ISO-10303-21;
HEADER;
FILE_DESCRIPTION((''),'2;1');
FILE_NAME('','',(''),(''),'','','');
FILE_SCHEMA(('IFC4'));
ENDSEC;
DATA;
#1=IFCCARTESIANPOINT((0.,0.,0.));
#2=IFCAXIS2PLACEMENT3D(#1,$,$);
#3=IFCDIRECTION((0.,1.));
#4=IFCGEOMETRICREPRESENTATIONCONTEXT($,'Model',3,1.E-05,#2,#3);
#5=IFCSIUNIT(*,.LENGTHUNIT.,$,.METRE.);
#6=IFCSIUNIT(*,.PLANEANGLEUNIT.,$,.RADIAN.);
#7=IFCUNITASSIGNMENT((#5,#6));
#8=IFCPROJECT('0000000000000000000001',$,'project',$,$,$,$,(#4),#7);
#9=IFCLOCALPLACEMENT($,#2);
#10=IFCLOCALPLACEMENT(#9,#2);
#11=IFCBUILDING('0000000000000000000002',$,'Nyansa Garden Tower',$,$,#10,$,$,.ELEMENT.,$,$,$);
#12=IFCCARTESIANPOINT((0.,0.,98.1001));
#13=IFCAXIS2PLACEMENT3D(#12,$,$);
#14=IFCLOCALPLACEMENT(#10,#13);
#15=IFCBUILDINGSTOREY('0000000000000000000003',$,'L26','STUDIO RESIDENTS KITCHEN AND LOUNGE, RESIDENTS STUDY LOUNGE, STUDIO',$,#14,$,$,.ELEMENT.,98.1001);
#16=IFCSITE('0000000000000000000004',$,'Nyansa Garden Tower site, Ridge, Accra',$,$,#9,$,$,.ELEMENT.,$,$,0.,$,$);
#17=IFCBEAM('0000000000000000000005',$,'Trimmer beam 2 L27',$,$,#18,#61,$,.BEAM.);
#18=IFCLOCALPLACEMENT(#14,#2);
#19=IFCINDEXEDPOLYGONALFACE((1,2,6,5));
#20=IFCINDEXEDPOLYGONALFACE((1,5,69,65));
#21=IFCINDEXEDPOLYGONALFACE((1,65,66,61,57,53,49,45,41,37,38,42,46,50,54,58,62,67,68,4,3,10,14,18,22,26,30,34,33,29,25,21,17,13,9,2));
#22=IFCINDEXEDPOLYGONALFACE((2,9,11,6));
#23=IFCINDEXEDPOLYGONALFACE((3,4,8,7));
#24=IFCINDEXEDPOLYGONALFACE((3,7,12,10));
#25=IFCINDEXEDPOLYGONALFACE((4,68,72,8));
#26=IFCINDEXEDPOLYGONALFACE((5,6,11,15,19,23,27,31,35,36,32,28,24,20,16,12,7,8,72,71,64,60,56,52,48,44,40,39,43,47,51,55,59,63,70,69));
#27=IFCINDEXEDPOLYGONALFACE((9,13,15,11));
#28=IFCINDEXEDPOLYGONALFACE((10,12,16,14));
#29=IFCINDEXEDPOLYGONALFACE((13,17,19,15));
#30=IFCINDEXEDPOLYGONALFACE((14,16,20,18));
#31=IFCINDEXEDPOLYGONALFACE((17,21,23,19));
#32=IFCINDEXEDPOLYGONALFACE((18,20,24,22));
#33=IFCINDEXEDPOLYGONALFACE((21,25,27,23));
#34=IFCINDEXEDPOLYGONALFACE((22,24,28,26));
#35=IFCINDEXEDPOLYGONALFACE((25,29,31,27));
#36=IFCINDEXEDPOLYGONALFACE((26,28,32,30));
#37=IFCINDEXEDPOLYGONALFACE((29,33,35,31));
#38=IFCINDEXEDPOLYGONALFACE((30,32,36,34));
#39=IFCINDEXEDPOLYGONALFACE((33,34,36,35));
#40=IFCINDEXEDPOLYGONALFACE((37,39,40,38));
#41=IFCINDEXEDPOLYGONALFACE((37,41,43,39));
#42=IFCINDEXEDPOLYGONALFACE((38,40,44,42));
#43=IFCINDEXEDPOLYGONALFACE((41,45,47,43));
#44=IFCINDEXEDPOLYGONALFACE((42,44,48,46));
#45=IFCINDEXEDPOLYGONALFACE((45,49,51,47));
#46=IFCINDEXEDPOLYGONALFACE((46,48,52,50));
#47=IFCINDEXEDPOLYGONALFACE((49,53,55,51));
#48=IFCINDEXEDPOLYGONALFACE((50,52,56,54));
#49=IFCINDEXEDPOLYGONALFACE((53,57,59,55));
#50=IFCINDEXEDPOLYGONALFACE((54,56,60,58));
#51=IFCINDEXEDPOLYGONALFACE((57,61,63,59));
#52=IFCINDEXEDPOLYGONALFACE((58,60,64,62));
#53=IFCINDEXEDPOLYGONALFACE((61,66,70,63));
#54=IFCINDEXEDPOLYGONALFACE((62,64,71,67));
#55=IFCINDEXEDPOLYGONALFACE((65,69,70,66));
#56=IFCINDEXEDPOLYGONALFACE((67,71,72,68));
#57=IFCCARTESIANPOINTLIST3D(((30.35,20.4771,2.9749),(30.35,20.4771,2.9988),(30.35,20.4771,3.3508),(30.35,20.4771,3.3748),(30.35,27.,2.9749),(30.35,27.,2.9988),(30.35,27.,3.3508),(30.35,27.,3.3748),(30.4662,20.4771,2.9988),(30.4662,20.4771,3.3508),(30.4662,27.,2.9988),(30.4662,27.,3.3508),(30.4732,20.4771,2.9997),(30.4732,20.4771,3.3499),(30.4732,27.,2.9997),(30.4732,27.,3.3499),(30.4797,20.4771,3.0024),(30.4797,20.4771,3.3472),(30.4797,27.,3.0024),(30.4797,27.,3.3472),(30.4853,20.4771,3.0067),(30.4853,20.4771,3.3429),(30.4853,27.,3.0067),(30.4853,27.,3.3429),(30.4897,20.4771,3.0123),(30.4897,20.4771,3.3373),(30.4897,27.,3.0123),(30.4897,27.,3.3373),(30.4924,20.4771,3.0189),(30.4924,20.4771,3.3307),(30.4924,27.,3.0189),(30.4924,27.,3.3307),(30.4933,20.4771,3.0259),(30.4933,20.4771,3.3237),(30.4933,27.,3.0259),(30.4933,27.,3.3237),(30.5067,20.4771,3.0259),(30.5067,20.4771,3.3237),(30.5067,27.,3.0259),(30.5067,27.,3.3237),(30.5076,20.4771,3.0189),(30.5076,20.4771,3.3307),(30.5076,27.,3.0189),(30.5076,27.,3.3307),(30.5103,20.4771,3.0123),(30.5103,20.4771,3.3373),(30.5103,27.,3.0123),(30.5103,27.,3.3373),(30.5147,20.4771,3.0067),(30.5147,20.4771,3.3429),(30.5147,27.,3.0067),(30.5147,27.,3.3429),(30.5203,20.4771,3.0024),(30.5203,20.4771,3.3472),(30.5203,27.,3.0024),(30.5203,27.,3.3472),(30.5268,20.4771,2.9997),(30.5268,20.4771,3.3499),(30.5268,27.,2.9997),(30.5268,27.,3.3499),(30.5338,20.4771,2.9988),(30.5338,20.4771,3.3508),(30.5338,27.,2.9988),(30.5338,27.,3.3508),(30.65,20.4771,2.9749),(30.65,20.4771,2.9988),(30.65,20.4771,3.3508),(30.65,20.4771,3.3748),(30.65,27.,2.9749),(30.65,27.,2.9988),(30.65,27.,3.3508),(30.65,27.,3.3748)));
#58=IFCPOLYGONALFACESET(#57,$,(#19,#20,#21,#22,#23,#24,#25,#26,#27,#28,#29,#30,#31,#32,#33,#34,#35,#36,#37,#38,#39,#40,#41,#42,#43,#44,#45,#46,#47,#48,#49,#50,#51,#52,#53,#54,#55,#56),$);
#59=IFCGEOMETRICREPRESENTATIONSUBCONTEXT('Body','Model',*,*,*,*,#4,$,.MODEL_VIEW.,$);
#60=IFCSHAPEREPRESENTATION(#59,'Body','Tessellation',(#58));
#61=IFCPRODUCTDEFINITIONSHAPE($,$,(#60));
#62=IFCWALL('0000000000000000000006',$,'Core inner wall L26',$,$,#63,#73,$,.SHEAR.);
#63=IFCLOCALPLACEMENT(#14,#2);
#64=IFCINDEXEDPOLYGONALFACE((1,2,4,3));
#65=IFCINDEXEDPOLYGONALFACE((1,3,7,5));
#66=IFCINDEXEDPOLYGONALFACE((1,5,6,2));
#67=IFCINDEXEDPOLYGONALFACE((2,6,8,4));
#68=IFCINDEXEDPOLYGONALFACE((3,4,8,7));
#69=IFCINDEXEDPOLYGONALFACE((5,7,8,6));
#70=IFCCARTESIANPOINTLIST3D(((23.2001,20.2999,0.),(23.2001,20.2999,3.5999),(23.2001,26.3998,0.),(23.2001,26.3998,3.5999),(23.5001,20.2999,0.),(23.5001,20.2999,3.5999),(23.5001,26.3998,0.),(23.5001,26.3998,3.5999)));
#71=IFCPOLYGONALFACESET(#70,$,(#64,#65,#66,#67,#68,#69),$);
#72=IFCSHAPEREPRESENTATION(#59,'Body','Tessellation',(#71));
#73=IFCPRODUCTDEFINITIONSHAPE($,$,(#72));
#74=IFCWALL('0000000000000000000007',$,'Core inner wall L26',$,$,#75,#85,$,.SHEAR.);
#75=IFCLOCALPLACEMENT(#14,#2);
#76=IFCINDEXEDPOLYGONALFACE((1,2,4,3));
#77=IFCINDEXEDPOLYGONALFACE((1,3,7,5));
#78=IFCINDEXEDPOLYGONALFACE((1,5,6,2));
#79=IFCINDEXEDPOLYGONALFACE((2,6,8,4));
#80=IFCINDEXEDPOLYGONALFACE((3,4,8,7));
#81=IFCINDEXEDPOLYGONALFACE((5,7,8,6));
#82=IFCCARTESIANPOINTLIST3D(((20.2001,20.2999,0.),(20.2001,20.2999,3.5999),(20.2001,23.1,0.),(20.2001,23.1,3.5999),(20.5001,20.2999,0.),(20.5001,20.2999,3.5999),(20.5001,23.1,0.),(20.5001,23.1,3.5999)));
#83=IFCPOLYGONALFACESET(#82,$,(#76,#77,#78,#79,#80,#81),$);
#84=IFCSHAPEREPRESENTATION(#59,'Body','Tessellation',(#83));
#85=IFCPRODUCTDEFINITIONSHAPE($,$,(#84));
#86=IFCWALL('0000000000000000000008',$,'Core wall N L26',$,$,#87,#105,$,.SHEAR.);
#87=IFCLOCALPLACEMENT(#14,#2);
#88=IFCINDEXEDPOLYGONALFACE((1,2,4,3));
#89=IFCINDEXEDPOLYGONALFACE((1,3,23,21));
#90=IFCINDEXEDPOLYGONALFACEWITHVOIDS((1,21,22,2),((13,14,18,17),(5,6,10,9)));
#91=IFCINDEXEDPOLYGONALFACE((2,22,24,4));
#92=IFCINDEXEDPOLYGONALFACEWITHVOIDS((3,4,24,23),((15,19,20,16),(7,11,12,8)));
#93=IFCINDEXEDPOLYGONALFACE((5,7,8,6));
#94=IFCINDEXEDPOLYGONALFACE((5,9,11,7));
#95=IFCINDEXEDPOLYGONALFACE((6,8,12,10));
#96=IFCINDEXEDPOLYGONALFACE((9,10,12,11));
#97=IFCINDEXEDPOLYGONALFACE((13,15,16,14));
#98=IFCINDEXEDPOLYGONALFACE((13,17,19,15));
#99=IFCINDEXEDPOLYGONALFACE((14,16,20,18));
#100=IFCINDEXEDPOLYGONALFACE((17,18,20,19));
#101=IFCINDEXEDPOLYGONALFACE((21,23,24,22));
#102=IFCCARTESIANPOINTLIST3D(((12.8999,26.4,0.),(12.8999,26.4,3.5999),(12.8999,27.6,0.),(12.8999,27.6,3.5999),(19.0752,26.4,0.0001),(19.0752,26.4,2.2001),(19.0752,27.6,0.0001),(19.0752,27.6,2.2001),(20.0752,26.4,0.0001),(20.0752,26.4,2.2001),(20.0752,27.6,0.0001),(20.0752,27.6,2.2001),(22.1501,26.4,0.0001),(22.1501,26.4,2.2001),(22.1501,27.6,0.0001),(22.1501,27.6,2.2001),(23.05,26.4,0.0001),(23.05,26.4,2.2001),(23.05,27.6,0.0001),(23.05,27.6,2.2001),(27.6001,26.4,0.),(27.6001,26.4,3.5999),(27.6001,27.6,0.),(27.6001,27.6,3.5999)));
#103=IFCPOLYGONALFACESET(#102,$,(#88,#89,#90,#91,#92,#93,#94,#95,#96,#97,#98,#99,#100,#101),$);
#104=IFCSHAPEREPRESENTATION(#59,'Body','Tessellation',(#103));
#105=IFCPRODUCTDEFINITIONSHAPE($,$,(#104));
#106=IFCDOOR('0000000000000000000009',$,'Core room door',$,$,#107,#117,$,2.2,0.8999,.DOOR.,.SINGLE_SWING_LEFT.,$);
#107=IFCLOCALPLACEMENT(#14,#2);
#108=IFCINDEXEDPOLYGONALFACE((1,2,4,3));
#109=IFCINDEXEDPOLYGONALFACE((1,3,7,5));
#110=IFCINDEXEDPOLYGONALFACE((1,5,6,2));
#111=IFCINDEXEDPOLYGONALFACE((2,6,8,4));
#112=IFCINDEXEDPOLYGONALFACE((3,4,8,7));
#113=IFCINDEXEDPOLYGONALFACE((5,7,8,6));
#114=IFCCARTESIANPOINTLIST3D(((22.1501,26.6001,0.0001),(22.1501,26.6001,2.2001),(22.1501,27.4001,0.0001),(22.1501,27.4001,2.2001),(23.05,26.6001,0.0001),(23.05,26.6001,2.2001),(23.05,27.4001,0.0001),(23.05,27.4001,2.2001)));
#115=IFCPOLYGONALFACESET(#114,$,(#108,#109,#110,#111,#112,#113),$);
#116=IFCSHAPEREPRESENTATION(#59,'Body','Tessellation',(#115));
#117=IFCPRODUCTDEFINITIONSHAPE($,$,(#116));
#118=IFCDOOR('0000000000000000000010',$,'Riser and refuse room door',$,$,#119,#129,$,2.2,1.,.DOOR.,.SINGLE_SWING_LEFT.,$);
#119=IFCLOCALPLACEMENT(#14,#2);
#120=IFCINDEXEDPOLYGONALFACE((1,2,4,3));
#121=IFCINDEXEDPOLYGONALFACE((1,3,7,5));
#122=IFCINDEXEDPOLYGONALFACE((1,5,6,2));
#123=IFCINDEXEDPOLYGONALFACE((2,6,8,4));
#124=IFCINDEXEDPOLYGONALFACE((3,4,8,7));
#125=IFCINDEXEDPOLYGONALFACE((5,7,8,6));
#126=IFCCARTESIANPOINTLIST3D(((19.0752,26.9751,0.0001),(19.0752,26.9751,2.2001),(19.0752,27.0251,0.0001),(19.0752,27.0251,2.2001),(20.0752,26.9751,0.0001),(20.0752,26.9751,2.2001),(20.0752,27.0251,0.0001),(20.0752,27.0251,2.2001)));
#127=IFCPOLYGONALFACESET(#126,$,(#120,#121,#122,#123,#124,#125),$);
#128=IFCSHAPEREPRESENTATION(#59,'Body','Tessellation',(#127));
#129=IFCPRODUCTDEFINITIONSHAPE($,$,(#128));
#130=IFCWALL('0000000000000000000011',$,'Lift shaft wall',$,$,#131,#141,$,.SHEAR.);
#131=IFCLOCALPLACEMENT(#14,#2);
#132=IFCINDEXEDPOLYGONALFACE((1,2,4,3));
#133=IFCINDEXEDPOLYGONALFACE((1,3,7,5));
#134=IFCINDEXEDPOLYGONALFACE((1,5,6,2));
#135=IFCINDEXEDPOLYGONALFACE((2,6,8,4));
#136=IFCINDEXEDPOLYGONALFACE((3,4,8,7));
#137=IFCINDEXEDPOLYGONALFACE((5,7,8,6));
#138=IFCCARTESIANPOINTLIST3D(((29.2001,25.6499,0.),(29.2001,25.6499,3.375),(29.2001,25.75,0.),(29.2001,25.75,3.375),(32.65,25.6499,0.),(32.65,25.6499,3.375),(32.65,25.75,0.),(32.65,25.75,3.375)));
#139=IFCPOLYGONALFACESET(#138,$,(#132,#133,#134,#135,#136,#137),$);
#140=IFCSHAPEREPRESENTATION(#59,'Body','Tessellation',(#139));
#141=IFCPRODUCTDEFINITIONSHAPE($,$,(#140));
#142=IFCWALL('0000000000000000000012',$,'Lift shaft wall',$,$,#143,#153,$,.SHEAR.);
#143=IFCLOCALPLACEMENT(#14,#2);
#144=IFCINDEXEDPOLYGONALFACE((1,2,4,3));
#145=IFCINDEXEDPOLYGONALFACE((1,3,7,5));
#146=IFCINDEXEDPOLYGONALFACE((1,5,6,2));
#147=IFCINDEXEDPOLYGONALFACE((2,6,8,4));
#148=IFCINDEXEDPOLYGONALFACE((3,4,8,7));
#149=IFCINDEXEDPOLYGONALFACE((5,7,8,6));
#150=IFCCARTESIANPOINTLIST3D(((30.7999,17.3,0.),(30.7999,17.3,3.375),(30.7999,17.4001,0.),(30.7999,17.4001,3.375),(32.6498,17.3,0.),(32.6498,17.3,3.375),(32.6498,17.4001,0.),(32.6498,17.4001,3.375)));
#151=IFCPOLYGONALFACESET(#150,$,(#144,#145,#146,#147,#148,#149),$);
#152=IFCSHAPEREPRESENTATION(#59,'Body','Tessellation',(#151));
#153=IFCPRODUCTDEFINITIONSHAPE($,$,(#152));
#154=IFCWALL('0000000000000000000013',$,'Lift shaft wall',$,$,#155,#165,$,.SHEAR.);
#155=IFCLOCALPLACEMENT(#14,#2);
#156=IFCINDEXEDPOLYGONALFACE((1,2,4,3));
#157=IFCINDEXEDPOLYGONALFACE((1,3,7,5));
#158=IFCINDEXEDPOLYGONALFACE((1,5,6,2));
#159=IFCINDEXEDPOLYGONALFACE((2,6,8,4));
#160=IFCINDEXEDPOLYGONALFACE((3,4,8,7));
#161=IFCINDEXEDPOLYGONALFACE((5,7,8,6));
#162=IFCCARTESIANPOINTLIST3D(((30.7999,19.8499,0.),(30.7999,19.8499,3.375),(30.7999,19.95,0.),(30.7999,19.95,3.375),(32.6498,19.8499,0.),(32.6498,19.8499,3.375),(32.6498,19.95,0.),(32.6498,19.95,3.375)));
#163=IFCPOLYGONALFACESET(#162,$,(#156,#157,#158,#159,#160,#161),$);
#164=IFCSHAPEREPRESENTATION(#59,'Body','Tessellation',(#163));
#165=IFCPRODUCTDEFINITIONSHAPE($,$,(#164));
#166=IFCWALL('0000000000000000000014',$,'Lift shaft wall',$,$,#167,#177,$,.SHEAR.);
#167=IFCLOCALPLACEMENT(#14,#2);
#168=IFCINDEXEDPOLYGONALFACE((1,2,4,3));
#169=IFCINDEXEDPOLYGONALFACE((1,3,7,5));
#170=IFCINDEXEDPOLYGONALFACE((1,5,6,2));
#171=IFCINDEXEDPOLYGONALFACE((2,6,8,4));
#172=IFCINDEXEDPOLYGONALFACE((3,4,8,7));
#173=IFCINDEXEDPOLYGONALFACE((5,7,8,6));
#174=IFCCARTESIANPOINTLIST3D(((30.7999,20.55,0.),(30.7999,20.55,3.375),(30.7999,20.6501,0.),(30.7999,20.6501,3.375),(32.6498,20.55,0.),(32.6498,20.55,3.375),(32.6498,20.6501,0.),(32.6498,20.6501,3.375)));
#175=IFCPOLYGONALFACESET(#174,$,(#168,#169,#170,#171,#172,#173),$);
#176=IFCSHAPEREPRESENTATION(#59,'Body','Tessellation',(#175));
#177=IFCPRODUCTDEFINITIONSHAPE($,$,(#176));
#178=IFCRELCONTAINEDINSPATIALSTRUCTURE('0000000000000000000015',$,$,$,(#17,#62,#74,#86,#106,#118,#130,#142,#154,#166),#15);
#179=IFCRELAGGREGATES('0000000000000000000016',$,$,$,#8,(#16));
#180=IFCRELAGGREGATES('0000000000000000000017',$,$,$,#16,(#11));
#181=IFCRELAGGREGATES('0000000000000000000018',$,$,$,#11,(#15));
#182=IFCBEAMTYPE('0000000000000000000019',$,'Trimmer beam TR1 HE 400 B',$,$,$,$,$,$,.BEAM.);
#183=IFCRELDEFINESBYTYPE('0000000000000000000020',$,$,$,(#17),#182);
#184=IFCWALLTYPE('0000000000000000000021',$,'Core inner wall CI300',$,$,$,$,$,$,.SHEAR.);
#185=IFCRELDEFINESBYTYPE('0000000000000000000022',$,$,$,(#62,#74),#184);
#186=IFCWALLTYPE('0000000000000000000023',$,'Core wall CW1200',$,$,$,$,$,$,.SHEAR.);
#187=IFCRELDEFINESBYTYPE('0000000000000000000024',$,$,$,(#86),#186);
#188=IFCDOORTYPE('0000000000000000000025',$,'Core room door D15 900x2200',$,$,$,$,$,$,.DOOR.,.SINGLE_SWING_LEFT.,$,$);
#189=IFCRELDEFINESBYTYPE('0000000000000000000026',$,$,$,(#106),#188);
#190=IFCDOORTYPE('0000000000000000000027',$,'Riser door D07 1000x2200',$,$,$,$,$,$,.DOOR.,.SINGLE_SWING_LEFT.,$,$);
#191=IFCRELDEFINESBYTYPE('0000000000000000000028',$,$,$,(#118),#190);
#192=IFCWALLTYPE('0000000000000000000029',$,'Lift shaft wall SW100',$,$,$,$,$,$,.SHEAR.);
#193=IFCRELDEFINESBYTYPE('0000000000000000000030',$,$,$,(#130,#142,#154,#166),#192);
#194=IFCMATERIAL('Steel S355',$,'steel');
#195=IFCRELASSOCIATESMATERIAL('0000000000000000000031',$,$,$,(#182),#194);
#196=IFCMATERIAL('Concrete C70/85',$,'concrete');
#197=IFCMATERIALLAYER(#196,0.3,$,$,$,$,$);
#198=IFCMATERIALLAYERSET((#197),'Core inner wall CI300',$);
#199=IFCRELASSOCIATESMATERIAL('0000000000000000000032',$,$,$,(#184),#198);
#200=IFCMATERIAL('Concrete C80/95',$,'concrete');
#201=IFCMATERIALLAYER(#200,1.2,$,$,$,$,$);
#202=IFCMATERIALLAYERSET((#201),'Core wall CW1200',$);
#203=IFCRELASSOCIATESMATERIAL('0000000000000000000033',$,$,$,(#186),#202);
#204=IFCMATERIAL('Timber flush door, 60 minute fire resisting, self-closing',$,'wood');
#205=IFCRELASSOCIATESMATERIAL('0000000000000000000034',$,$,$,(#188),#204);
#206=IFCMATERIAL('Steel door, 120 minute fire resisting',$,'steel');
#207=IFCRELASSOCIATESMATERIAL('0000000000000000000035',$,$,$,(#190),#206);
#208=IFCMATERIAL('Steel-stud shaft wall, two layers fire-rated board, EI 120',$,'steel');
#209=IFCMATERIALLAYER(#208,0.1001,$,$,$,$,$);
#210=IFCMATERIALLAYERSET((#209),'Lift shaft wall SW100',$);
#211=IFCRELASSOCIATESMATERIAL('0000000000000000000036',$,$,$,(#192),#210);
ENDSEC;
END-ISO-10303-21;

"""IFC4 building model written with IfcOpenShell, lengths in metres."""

from ifc_helpers import new_model, si_unit, direction, frame, frame_2d, origin, origin_2d, place, context, subcontext, project, spatial, rectangle, i_section, extrude, material, layer, layer_set, material_profile, profile_set, type_object, element, fill, save


model = new_model("IFC4")

# Units and contexts
model_context = context("Model", 3, precision=1e-05, world=origin(), true_north=direction((0.0, 1.0)))
body_context = subcontext(model_context, "Body", "Model", "MODEL_VIEW")
ifc_project = project(units=[si_unit("LENGTHUNIT", "METRE"), si_unit("PLANEANGLEUNIT", "RADIAN")], contexts=[model_context])

# Site, building, storey
site_placement = place(None, origin())
site = spatial("IfcSite", under=ifc_project, at=site_placement, Name="Nyansa Garden Tower site, Ridge, Accra", CompositionType="ELEMENT", RefElevation=0.0)
building_placement = place(site_placement, origin())
building = spatial("IfcBuilding", under=site, at=building_placement, Name="Nyansa Garden Tower", CompositionType="ELEMENT")
storey_placement = place(building_placement, frame((0.0, 0.0, 98.1001)))
storey = spatial("IfcBuildingStorey", under=building, at=storey_placement, Name="L26", Description="STUDIO RESIDENTS KITCHEN AND LOUNGE, RESIDENTS STUDY LOUNGE, STUDIO", CompositionType="ELEMENT", Elevation=98.1001)

# Beam
ifc_material_1 = material(Name="Steel S355", Category="steel")
ifc_material_profile_1 = material_profile(ifc_material_1, i_section(OverallWidth=0.3, OverallDepth=0.3999, WebThickness=0.0134, FlangeThickness=0.0239, FilletRadius=0.0271, at=origin_2d()), Name="HE 400 B")
ifc_profile_set_1 = profile_set([ifc_material_profile_1], Name="Steel S355")
beam_type_1 = type_object("IfcBeamType", Name="Trimmer beam TR1 HE 400 B", PredefinedType="BEAM", material=ifc_profile_set_1)
beam_1_placement = place(storey_placement, frame((30.5, 20.4771, 3.1748), z_axis=(0.0, 1.0, 0.0), x_axis=(-1.0, 0.0, 0.0)))
element("IfcBeam", 1, at=beam_1_placement, inside=storey, type_object=beam_type_1, Name="Trimmer beam 2 L27", PredefinedType="BEAM", context=body_context, shape_type="SweptSolid", body=[
    extrude(i_section(OverallWidth=0.3, OverallDepth=0.3999, WebThickness=0.0134, FlangeThickness=0.0239, FilletRadius=0.0271, at=origin_2d()), origin(), (0.0, 0.0, 1.0), 6.5229),
])

# Walls
ifc_material_2 = material(Name="Concrete C70/85", Category="concrete")
ifc_layer_1 = layer(ifc_material_2, 0.3)
ifc_layer_set_1 = layer_set([ifc_layer_1], Name="Core inner wall CI300")
wall_type_1 = type_object("IfcWallType", Name="Core inner wall CI300", PredefinedType="SHEAR", material=ifc_layer_set_1)
wall_1_placement = place(storey_placement, frame((23.3501, 20.3, 0.0), z_axis=(0.0, 0.0, 1.0), x_axis=(0.0, 1.0, 0.0)))
element("IfcWall", 2, at=wall_1_placement, inside=storey, type_object=wall_type_1, Name="Core inner wall L26", PredefinedType="SHEAR", context=body_context, shape_type="SweptSolid", body=[
    extrude(rectangle(XDim=6.0999, YDim=0.3, at=frame_2d((3.0498, 0.0))), origin(), (0.0, 0.0, 1.0), 3.5999),
])
wall_2_placement = place(storey_placement, frame((20.3501, 20.3, 0.0), z_axis=(0.0, 0.0, 1.0), x_axis=(0.0, 1.0, 0.0)))
element("IfcWall", 3, at=wall_2_placement, inside=storey, type_object=wall_type_1, Name="Core inner wall L26", PredefinedType="SHEAR", context=body_context, shape_type="SweptSolid", body=[
    extrude(rectangle(XDim=2.8, YDim=0.3, at=frame_2d((1.3999, 0.0))), origin(), (0.0, 0.0, 1.0), 3.5999),
])

# Wall, openings, doors
ifc_material_3 = material(Name="Concrete C80/95", Category="concrete")
ifc_layer_2 = layer(ifc_material_3, 1.2)
ifc_layer_set_2 = layer_set([ifc_layer_2], Name="Core wall CW1200")
wall_type_2 = type_object("IfcWallType", Name="Core wall CW1200", PredefinedType="SHEAR", material=ifc_layer_set_2)
wall_3_placement = place(storey_placement, frame((27.6001, 27.0, 0.0), z_axis=(0.0, 0.0, 1.0), x_axis=(-1.0, 0.0, 0.0)))
wall_3 = element("IfcWall", 4, at=wall_3_placement, inside=storey, type_object=wall_type_2, Name="Core wall N L26", PredefinedType="SHEAR", context=body_context, shape_type="SweptSolid", body=[
    extrude(rectangle(XDim=14.7002, YDim=1.2, at=frame_2d((7.3501, 0.0))), origin(), (0.0, 0.0, 1.0), 3.5999),
])
opening_1_placement = place(wall_3_placement, frame((4.55, 0.0, 0.0)))
opening_1 = element("IfcOpeningElement", 5, at=opening_1_placement, cuts=wall_3, PredefinedType="OPENING", context=body_context, shape_type="SweptSolid", body=[
    extrude(rectangle(XDim=0.8999, YDim=2.2, at=frame_2d((0.45, 1.1001))), frame((0.0, 0.6099, 0.0), z_axis=(0.0, -1.0, 0.0), x_axis=(1.0, 0.0, 0.0)), (0.0, 0.0, 1.0), 1.22),
])
opening_2_placement = place(wall_3_placement, frame((7.5249, 0.0, 0.0)))
opening_2 = element("IfcOpeningElement", 6, at=opening_2_placement, cuts=wall_3, PredefinedType="OPENING", context=body_context, shape_type="SweptSolid", body=[
    extrude(rectangle(XDim=1.0, YDim=2.2, at=frame_2d((0.5, 1.1001))), frame((0.0, 0.6099, 0.0), z_axis=(0.0, -1.0, 0.0), x_axis=(1.0, 0.0, 0.0)), (0.0, 0.0, 1.0), 1.22),
])
ifc_material_4 = material(Name="Timber flush door, 60 minute fire resisting, self-closing", Category="wood")
door_type_1 = type_object("IfcDoorType", Name="Core room door D15 900x2200", OperationType="SINGLE_SWING_LEFT", PredefinedType="DOOR", material=ifc_material_4)
door_1_placement = place(opening_1_placement, origin())
door_1 = element("IfcDoor", 7, at=door_1_placement, inside=storey, type_object=door_type_1, Name="Core room door", OperationType="SINGLE_SWING_LEFT", OverallHeight=2.2, OverallWidth=0.8999, PredefinedType="DOOR", context=body_context, shape_type="SweptSolid", body=[
    extrude(rectangle(XDim=0.8999, YDim=2.2, at=frame_2d((0.45, 1.1001))), frame((0.0, 0.3999, 0.0), z_axis=(0.0, -1.0, 0.0), x_axis=(1.0, 0.0, 0.0)), (0.0, 0.0, 1.0), 0.8),
])
fill(opening_1, door_1)
ifc_material_5 = material(Name="Steel door, 120 minute fire resisting", Category="steel")
door_type_2 = type_object("IfcDoorType", Name="Riser door D07 1000x2200", OperationType="SINGLE_SWING_LEFT", PredefinedType="DOOR", material=ifc_material_5)
door_2_placement = place(opening_2_placement, origin())
door_2 = element("IfcDoor", 8, at=door_2_placement, inside=storey, type_object=door_type_2, Name="Riser and refuse room door", OperationType="SINGLE_SWING_LEFT", OverallHeight=2.2, OverallWidth=1.0, PredefinedType="DOOR", context=body_context, shape_type="SweptSolid", body=[
    extrude(rectangle(XDim=1.0, YDim=2.2, at=frame_2d((0.5, 1.1001))), frame((0.0, 0.0249, 0.0), z_axis=(0.0, -1.0, 0.0), x_axis=(1.0, 0.0, 0.0)), (0.0, 0.0, 1.0), 0.05),
])
fill(opening_2, door_2)

# Walls
ifc_material_6 = material(Name="Steel-stud shaft wall, two layers fire-rated board, EI 120", Category="steel")
ifc_layer_3 = layer(ifc_material_6, 0.1001)
ifc_layer_set_3 = layer_set([ifc_layer_3], Name="Lift shaft wall SW100")
wall_type_3 = type_object("IfcWallType", Name="Lift shaft wall SW100", PredefinedType="SHEAR", material=ifc_layer_set_3)
wall_4_placement = place(storey_placement, frame((29.2, 25.7, 0.0), z_axis=(0.0, 0.0, 1.0), x_axis=(1.0, 0.0, 0.0)))
element("IfcWall", 9, at=wall_4_placement, inside=storey, type_object=wall_type_3, Name="Lift shaft wall", PredefinedType="SHEAR", context=body_context, shape_type="SweptSolid", body=[
    extrude(rectangle(XDim=3.45, YDim=0.1001, at=frame_2d((1.7251, 0.0))), origin(), (0.0, 0.0, 1.0), 3.375),
])
for number, where, z_axis, x_axis, name in (
    (10, (30.8, 17.3501, 0.0), (0.0, 0.0, 1.0), (1.0, 0.0, 0.0), "Lift shaft wall"),
    (11, (30.8, 19.8999, 0.0), (0.0, 0.0, 1.0), (1.0, 0.0, 0.0), "Lift shaft wall"),
    (12, (30.8, 20.6001, 0.0), (0.0, 0.0, 1.0), (1.0, 0.0, 0.0), "Lift shaft wall"),
):
    element("IfcWall", number, at=place(storey_placement, frame(where, z_axis=z_axis, x_axis=x_axis)), inside=storey, type_object=wall_type_3, Name=name, PredefinedType="SHEAR", context=body_context, shape_type="SweptSolid", body=[
        extrude(rectangle(XDim=1.8499, YDim=0.1001, at=frame_2d((0.9248, 0.0))), origin(), (0.0, 0.0, 1.0), 3.375),
    ])

save(model, "model.ifc")
